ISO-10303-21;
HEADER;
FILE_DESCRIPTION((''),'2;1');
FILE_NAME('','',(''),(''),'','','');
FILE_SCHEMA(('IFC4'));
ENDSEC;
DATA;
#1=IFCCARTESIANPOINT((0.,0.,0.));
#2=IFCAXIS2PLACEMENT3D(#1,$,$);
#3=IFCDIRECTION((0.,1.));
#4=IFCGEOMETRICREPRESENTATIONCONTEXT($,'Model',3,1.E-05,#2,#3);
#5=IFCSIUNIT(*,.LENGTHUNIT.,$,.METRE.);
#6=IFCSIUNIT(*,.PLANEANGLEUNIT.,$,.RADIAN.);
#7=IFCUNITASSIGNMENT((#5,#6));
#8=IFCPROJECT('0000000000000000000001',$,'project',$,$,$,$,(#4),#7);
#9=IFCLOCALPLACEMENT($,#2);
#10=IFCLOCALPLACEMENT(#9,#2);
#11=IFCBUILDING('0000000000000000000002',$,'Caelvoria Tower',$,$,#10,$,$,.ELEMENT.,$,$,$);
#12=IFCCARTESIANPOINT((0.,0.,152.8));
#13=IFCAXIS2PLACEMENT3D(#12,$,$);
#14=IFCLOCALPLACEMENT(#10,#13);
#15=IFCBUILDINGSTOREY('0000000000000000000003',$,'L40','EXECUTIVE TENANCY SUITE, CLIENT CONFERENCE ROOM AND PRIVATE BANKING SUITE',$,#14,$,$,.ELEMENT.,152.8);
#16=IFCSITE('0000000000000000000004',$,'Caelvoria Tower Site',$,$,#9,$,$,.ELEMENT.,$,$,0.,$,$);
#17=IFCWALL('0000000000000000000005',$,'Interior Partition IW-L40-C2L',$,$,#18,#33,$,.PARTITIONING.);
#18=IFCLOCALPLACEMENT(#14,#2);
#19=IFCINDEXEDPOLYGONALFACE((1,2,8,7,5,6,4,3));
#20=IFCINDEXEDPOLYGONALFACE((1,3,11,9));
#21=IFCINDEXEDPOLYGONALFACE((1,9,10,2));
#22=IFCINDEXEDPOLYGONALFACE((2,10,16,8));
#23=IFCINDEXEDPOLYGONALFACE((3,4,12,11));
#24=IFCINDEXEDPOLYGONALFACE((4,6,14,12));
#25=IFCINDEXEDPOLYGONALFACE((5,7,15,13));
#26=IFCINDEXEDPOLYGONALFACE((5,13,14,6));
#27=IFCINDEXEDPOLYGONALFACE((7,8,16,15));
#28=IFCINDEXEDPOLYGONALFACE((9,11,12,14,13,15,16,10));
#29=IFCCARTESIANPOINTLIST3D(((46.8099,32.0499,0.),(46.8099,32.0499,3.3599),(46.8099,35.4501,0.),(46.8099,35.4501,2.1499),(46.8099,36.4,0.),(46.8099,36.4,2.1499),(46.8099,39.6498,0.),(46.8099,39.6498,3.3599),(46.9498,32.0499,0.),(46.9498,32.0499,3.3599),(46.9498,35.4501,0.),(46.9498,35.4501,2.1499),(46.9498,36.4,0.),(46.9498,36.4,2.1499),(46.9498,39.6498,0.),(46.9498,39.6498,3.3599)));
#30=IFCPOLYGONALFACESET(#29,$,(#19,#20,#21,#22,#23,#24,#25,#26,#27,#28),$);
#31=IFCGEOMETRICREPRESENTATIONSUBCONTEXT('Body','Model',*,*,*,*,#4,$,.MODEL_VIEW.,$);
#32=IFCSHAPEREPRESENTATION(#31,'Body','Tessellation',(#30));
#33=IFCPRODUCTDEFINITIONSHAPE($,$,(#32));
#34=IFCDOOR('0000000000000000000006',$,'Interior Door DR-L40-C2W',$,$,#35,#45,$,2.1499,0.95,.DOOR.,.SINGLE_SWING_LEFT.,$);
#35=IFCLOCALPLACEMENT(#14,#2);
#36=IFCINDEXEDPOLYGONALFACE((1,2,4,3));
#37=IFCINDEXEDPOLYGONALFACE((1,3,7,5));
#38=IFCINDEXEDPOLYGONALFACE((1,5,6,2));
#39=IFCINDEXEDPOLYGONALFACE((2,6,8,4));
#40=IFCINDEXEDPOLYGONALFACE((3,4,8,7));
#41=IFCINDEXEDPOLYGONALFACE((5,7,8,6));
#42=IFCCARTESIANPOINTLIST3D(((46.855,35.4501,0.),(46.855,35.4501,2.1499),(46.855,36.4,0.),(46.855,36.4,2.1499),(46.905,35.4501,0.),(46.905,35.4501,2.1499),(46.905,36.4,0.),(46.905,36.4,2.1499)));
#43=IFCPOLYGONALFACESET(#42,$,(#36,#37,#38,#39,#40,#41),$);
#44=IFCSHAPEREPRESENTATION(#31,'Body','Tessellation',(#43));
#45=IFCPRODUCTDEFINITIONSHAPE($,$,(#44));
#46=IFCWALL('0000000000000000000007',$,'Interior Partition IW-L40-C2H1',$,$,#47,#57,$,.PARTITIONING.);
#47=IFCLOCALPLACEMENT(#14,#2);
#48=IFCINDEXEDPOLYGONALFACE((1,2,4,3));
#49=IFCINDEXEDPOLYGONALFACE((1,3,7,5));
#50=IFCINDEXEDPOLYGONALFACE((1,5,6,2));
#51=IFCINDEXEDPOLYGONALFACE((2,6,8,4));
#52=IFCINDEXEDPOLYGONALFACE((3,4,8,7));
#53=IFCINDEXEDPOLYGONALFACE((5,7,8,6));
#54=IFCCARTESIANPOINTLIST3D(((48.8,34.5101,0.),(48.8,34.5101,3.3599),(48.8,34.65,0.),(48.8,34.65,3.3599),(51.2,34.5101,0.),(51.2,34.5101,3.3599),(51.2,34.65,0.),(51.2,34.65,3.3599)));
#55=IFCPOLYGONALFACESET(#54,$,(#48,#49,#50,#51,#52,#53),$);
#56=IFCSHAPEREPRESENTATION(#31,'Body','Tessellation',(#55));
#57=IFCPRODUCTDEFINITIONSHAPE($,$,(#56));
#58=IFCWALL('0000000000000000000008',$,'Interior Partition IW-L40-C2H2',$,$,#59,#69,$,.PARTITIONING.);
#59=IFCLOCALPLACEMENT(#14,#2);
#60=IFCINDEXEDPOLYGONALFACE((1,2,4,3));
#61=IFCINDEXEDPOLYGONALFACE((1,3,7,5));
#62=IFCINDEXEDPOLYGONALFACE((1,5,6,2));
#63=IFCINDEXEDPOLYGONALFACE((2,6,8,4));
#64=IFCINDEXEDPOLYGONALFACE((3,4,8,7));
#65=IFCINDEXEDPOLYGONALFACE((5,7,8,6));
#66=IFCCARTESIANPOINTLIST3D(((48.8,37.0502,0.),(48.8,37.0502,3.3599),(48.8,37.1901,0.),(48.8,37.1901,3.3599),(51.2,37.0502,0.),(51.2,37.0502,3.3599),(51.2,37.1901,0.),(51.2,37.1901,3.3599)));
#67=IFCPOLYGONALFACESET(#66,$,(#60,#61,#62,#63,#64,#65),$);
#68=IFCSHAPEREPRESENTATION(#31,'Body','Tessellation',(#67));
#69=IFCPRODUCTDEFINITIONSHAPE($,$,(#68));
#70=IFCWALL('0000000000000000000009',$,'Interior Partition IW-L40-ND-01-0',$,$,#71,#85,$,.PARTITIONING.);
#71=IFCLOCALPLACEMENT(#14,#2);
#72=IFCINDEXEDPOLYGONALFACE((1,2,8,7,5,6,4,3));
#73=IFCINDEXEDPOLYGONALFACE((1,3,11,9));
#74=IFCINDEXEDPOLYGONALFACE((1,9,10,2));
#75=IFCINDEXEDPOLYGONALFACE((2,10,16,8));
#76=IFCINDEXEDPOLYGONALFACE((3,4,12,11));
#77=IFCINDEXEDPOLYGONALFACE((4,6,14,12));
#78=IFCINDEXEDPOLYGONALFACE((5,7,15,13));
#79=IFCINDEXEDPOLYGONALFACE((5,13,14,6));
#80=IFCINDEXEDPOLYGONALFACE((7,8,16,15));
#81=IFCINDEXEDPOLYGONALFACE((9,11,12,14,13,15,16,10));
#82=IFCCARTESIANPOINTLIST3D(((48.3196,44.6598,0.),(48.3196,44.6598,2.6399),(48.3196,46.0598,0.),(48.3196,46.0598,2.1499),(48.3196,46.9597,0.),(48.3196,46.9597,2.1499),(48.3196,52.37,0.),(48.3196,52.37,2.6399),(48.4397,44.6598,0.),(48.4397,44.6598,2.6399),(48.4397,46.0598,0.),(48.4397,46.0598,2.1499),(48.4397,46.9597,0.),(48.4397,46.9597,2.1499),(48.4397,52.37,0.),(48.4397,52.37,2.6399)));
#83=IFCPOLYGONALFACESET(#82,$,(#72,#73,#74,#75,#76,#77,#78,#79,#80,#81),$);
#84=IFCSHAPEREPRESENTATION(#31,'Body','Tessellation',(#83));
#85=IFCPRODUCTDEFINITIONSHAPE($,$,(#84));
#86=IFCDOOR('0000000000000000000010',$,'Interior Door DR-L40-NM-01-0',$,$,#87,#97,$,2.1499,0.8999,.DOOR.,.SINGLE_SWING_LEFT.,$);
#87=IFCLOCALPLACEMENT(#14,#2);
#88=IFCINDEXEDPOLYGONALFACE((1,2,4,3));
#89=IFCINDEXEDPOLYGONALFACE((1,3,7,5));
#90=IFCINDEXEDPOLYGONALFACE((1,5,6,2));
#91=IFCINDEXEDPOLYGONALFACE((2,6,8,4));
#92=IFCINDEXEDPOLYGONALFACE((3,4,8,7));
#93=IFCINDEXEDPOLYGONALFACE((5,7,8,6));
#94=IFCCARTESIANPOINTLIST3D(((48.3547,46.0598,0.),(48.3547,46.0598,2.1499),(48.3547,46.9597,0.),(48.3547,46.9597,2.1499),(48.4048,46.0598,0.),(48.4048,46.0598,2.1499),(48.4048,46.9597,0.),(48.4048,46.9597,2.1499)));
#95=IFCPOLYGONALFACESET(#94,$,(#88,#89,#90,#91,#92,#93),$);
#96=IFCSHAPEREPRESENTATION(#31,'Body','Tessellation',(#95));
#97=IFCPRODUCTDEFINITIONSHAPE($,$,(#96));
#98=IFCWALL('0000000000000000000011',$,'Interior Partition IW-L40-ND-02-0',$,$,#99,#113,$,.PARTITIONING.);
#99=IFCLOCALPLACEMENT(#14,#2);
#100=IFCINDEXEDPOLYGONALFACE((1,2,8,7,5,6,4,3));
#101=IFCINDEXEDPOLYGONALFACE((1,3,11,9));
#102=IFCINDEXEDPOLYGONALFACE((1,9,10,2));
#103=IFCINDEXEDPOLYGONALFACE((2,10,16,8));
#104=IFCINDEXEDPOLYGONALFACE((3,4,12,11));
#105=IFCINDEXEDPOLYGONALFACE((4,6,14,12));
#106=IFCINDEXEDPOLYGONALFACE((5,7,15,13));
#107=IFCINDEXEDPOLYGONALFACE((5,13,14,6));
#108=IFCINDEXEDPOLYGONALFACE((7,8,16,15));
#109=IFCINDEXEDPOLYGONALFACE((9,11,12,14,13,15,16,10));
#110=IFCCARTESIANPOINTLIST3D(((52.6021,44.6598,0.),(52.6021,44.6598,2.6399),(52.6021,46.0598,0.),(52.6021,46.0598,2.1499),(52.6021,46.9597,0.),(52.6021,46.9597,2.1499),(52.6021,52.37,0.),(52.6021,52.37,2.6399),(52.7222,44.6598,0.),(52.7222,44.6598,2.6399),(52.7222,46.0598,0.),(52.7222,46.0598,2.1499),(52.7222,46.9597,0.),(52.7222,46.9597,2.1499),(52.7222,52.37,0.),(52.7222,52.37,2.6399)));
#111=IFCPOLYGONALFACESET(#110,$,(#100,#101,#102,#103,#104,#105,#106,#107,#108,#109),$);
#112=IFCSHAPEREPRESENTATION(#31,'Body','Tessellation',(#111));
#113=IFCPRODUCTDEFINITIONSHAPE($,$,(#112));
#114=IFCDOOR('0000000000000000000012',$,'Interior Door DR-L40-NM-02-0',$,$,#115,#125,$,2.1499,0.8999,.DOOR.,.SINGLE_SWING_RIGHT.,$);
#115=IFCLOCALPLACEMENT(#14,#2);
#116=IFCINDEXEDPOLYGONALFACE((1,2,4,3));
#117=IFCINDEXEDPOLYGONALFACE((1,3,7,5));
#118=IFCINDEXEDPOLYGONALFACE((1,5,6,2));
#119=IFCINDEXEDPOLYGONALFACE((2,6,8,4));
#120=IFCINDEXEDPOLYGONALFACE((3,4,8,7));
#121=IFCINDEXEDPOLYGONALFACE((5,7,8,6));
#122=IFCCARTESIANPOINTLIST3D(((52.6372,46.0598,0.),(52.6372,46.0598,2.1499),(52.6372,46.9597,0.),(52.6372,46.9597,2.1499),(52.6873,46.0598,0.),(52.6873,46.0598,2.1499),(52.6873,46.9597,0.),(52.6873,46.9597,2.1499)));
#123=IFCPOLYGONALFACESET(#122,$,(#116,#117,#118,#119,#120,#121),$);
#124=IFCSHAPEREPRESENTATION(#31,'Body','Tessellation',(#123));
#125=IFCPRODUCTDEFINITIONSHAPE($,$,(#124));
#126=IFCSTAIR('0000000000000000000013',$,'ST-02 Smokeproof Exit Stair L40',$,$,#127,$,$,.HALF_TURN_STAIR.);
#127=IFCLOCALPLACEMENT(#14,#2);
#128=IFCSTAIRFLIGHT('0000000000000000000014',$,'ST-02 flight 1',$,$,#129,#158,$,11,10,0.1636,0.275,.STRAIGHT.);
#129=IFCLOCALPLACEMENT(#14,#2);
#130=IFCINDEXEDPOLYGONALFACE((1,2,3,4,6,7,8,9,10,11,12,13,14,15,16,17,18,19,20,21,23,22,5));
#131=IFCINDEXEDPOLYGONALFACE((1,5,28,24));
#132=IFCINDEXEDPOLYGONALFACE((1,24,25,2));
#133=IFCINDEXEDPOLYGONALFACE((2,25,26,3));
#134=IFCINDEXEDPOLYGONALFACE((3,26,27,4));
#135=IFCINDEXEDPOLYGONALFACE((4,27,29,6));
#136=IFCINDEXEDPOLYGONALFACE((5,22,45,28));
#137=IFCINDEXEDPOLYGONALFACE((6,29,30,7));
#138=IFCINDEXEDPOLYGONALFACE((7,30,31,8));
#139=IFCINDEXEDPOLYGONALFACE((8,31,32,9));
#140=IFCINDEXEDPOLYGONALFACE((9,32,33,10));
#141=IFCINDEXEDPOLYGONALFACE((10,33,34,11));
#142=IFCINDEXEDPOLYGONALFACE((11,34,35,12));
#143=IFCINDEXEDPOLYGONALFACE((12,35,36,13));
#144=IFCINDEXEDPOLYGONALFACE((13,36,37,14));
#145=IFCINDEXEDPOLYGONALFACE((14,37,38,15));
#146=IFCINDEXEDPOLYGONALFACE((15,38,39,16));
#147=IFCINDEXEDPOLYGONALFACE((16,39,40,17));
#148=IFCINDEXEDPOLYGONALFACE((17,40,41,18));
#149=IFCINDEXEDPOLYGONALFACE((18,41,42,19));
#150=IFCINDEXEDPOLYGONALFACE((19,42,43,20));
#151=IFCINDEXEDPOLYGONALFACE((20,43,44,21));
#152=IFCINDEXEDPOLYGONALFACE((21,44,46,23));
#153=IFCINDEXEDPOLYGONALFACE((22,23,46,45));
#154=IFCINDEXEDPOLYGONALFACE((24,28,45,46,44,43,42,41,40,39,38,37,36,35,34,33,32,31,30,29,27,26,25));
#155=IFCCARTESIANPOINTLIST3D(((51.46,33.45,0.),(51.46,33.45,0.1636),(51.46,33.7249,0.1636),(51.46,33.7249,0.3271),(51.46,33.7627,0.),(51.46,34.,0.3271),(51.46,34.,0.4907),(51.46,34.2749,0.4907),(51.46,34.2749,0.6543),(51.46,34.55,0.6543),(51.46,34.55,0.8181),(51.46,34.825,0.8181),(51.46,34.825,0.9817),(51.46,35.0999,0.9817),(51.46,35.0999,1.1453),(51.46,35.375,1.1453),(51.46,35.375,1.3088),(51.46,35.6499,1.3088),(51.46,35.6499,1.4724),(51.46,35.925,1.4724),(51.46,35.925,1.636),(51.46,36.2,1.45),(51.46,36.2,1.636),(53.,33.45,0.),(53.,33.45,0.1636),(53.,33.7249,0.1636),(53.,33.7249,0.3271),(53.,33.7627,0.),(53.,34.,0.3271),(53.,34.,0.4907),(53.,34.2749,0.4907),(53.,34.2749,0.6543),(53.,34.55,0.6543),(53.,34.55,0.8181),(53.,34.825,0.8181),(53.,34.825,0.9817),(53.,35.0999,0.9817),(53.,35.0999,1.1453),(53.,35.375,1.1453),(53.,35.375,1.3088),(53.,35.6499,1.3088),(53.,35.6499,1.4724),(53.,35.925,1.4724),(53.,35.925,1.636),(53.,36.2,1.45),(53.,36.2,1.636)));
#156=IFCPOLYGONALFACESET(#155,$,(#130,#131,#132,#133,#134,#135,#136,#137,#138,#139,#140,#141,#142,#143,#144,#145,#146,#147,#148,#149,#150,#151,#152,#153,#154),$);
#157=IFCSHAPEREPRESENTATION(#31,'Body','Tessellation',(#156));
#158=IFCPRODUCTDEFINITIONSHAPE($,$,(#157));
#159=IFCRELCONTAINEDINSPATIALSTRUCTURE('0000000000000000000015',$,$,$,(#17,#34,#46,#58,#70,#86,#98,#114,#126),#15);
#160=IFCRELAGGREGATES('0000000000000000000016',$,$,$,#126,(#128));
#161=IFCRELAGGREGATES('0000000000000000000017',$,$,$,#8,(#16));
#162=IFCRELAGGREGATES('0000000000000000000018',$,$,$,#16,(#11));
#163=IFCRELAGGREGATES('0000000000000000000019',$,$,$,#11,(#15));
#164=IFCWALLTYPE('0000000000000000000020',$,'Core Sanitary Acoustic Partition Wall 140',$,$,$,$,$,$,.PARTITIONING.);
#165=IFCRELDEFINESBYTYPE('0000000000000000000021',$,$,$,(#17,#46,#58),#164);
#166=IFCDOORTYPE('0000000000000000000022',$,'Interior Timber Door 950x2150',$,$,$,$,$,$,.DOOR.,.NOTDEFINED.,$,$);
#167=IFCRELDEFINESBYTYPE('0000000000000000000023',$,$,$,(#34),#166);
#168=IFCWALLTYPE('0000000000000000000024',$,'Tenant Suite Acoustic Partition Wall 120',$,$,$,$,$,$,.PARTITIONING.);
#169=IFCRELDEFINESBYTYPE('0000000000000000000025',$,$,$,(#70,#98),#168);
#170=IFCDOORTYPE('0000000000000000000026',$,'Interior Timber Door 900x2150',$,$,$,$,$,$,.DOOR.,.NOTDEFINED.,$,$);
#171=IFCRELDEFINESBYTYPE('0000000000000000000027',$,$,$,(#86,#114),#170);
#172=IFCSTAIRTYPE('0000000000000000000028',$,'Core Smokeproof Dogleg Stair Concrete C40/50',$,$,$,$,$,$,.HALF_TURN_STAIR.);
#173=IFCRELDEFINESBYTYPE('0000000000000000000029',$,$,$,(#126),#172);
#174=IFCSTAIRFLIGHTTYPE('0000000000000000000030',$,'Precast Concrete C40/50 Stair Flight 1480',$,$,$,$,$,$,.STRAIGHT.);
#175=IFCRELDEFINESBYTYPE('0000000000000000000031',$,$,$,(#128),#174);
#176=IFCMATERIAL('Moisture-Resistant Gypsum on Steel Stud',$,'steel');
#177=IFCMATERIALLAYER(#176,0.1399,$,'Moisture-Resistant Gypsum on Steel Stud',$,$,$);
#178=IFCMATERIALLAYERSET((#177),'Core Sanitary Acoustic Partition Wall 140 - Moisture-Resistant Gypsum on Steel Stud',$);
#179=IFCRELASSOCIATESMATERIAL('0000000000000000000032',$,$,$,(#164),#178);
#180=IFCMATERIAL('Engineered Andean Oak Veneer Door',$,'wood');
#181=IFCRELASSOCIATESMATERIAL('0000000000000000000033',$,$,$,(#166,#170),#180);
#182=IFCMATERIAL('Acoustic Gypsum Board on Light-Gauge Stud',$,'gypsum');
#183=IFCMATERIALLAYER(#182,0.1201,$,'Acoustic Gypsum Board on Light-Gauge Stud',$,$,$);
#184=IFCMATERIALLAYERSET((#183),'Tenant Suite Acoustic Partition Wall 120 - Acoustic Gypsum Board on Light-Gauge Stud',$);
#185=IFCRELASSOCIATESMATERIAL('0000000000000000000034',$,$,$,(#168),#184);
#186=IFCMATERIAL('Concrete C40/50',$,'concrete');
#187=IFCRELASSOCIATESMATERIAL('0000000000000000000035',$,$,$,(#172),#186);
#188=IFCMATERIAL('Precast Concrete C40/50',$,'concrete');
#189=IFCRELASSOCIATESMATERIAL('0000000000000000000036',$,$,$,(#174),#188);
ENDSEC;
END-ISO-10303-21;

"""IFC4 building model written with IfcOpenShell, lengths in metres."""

from ifc_helpers import new_model, si_unit, direction, frame, frame_2d, origin, place, context, subcontext, project, spatial, polyline, rectangle, outline, extrude, material, layer, layer_set, type_object, element, fill, aggregate, save


model = new_model("IFC4")

# Units and contexts
model_context = context("Model", 3, precision=1e-05, world=origin(), true_north=direction((0.0, 1.0)))
body_context = subcontext(model_context, "Body", "Model", "MODEL_VIEW")
ifc_project = project(units=[si_unit("LENGTHUNIT", "METRE"), si_unit("PLANEANGLEUNIT", "RADIAN")], contexts=[model_context])

# Site, building, storey
site_placement = place(None, origin())
site = spatial("IfcSite", under=ifc_project, at=site_placement, Name="Caelvoria Tower Site", CompositionType="ELEMENT", RefElevation=0.0)
building_placement = place(site_placement, origin())
building = spatial("IfcBuilding", under=site, at=building_placement, Name="Caelvoria Tower", CompositionType="ELEMENT")
storey_placement = place(building_placement, frame((0.0, 0.0, 152.8)))
storey = spatial("IfcBuildingStorey", under=building, at=storey_placement, Name="L40", Description="EXECUTIVE TENANCY SUITE, CLIENT CONFERENCE ROOM AND PRIVATE BANKING SUITE", CompositionType="ELEMENT", Elevation=152.8)

# Wall, opening, door
ifc_material_1 = material(Name="Moisture-Resistant Gypsum on Steel Stud", Category="steel")
ifc_layer_1 = layer(ifc_material_1, 0.1399, Name="Moisture-Resistant Gypsum on Steel Stud")
ifc_layer_set_1 = layer_set([ifc_layer_1], Name="Core Sanitary Acoustic Partition Wall 140 - Moisture-Resistant Gypsum on Steel Stud")
wall_type_1 = type_object("IfcWallType", Name="Core Sanitary Acoustic Partition Wall 140", PredefinedType="PARTITIONING", material=ifc_layer_set_1)
wall_1_placement = place(storey_placement, frame((46.8799, 32.05, 0.0), z_axis=(0.0, 0.0, 1.0), x_axis=(0.0, 1.0, 0.0)))
wall_1 = element("IfcWall", 1, at=wall_1_placement, inside=storey, type_object=wall_type_1, Name="Interior Partition IW-L40-C2L", PredefinedType="PARTITIONING", context=body_context, shape_type="SweptSolid", body=[
    extrude(rectangle(XDim=7.5999, YDim=0.1399, at=frame_2d((3.7998, 0.0))), origin(), (0.0, 0.0, 1.0), 3.3599),
])
opening_1_placement = place(wall_1_placement, frame((3.3999, 0.0, 0.0)))
opening_1 = element("IfcOpeningElement", 2, at=opening_1_placement, cuts=wall_1, PredefinedType="OPENING", context=body_context, shape_type="SweptSolid", body=[
    extrude(rectangle(XDim=0.95, YDim=2.1499, at=frame_2d((0.4751, 1.075))), frame((0.0, 0.0798, 0.0), z_axis=(0.0, -1.0, 0.0), x_axis=(1.0, 0.0, 0.0)), (0.0, 0.0, 1.0), 0.1599),
])
ifc_material_2 = material(Name="Engineered Andean Oak Veneer Door", Category="wood")
door_type_1 = type_object("IfcDoorType", Name="Interior Timber Door 950x2150", OperationType="NOTDEFINED", PredefinedType="DOOR", material=ifc_material_2)
door_1_placement = place(opening_1_placement, origin())
door_1 = element("IfcDoor", 3, at=door_1_placement, inside=storey, type_object=door_type_1, Name="Interior Door DR-L40-C2W", OperationType="SINGLE_SWING_LEFT", OverallHeight=2.1499, OverallWidth=0.95, PredefinedType="DOOR", context=body_context, shape_type="SweptSolid", body=[
    extrude(rectangle(XDim=0.95, YDim=2.1499, at=frame_2d((0.4751, 1.075))), frame((0.0, 0.0249, 0.0), z_axis=(0.0, -1.0, 0.0), x_axis=(1.0, 0.0, 0.0)), (0.0, 0.0, 1.0), 0.05),
])
fill(opening_1, door_1)

# Shared definitions
door_type_2 = type_object("IfcDoorType", Name="Interior Timber Door 900x2150", OperationType="NOTDEFINED", PredefinedType="DOOR", material=ifc_material_2)

# Walls
for number, where, z_axis, x_axis, name in (
    (4, (48.8, 34.5801, 0.0), (0.0, 0.0, 1.0), (1.0, 0.0, 0.0), "Interior Partition IW-L40-C2H1"),
    (5, (48.8, 37.1201, 0.0), (0.0, 0.0, 1.0), (1.0, 0.0, 0.0), "Interior Partition IW-L40-C2H2"),
):
    element("IfcWall", number, at=place(storey_placement, frame(where, z_axis=z_axis, x_axis=x_axis)), inside=storey, type_object=wall_type_1, Name=name, PredefinedType="PARTITIONING", context=body_context, shape_type="SweptSolid", body=[
        extrude(rectangle(XDim=2.3999, YDim=0.1399, at=frame_2d((1.2, 0.0))), origin(), (0.0, 0.0, 1.0), 3.3599),
    ])

# Walls, openings, doors
ifc_material_3 = material(Name="Acoustic Gypsum Board on Light-Gauge Stud", Category="gypsum")
ifc_layer_2 = layer(ifc_material_3, 0.1201, Name="Acoustic Gypsum Board on Light-Gauge Stud")
ifc_layer_set_2 = layer_set([ifc_layer_2], Name="Tenant Suite Acoustic Partition Wall 120 - Acoustic Gypsum Board on Light-Gauge Stud")
wall_type_2 = type_object("IfcWallType", Name="Tenant Suite Acoustic Partition Wall 120", PredefinedType="PARTITIONING", material=ifc_layer_set_2)
wall_2_placement = place(storey_placement, frame((48.3796, 44.6599, 0.0), z_axis=(0.0, 0.0, 1.0), x_axis=(0.0, 1.0, 0.0)))
wall_2 = element("IfcWall", 6, at=wall_2_placement, inside=storey, type_object=wall_type_2, Name="Interior Partition IW-L40-ND-01-0", PredefinedType="PARTITIONING", context=body_context, shape_type="SweptSolid", body=[
    extrude(rectangle(XDim=7.7102, YDim=0.1201, at=frame_2d((3.855, 0.0))), origin(), (0.0, 0.0, 1.0), 2.6399),
])
opening_2_placement = place(wall_2_placement, frame((1.3999, 0.0, 0.0)))
opening_2 = element("IfcOpeningElement", 7, at=opening_2_placement, cuts=wall_2, PredefinedType="OPENING", context=body_context, shape_type="SweptSolid", body=[
    extrude(rectangle(XDim=0.8999, YDim=2.1499, at=frame_2d((0.45, 1.075))), frame((0.0, 0.0701, 0.0), z_axis=(0.0, -1.0, 0.0), x_axis=(1.0, 0.0, 0.0)), (0.0, 0.0, 1.0), 0.1401),
])
door_2_placement = place(opening_2_placement, origin())
door_2 = element("IfcDoor", 8, at=door_2_placement, inside=storey, type_object=door_type_2, Name="Interior Door DR-L40-NM-01-0", OperationType="SINGLE_SWING_LEFT", OverallHeight=2.1499, OverallWidth=0.8999, PredefinedType="DOOR", context=body_context, shape_type="SweptSolid", body=[
    extrude(rectangle(XDim=0.8999, YDim=2.1499, at=frame_2d((0.45, 1.075))), frame((0.0, 0.0249, 0.0), z_axis=(0.0, -1.0, 0.0), x_axis=(1.0, 0.0, 0.0)), (0.0, 0.0, 1.0), 0.05),
])
fill(opening_2, door_2)
wall_3_placement = place(storey_placement, frame((52.6621, 44.6599, 0.0), z_axis=(0.0, 0.0, 1.0), x_axis=(0.0, 1.0, 0.0)))
wall_3 = element("IfcWall", 9, at=wall_3_placement, inside=storey, type_object=wall_type_2, Name="Interior Partition IW-L40-ND-02-0", PredefinedType="PARTITIONING", context=body_context, shape_type="SweptSolid", body=[
    extrude(rectangle(XDim=7.7102, YDim=0.1201, at=frame_2d((3.855, 0.0))), origin(), (0.0, 0.0, 1.0), 2.6399),
])
opening_3_placement = place(wall_3_placement, frame((1.3999, 0.0, 0.0)))
opening_3 = element("IfcOpeningElement", 10, at=opening_3_placement, cuts=wall_3, PredefinedType="OPENING", context=body_context, shape_type="SweptSolid", body=[
    extrude(rectangle(XDim=0.8999, YDim=2.1499, at=frame_2d((0.45, 1.075))), frame((0.0, 0.0701, 0.0), z_axis=(0.0, -1.0, 0.0), x_axis=(1.0, 0.0, 0.0)), (0.0, 0.0, 1.0), 0.1401),
])
door_3_placement = place(opening_3_placement, origin())
door_3 = element("IfcDoor", 11, at=door_3_placement, inside=storey, type_object=door_type_2, Name="Interior Door DR-L40-NM-02-0", OperationType="SINGLE_SWING_RIGHT", OverallHeight=2.1499, OverallWidth=0.8999, PredefinedType="DOOR", context=body_context, shape_type="SweptSolid", body=[
    extrude(rectangle(XDim=0.8999, YDim=2.1499, at=frame_2d((0.45, 1.075))), frame((0.0, 0.0249, 0.0), z_axis=(0.0, -1.0, 0.0), x_axis=(1.0, 0.0, 0.0)), (0.0, 0.0, 1.0), 0.05),
])
fill(opening_3, door_3)

# Stair, stair flight
ifc_material_4 = material(Name="Concrete C40/50", Category="concrete")
stair_type = type_object("IfcStairType", Name="Core Smokeproof Dogleg Stair Concrete C40/50", PredefinedType="HALF_TURN_STAIR", material=ifc_material_4)
stair_placement = place(storey_placement, origin())
stair = element("IfcStair", 12, at=stair_placement, inside=storey, type_object=stair_type, Name="ST-02 Smokeproof Exit Stair L40", PredefinedType="HALF_TURN_STAIR")
ifc_material_5 = material(Name="Precast Concrete C40/50", Category="concrete")
stair_flight_type = type_object("IfcStairFlightType", Name="Precast Concrete C40/50 Stair Flight 1480", PredefinedType="STRAIGHT", material=ifc_material_5)
stair_flight_1_placement = place(storey_placement, frame((52.23, 33.45, 0.0), z_axis=(0.0, 0.0, 1.0), x_axis=(0.0, 1.0, 0.0)))
stair_flight_1 = element("IfcStairFlight", 13, at=stair_flight_1_placement, type_object=stair_flight_type, Name="ST-02 flight 1", NumberOfRisers=11, NumberOfTreads=10, PredefinedType="STRAIGHT", RiserHeight=0.1636, TreadLength=0.275, context=body_context, shape_type="SweptSolid", body=[
    extrude(outline(polyline([(0.0, 0.0), (0.0, 0.1636), (0.2749, 0.1636), (0.2749, 0.3271), (0.55, 0.3271), (0.55, 0.4907), (0.825, 0.4907), (0.825, 0.6543), (1.1001, 0.6543), (1.1001, 0.8181), (1.375, 0.8181), (1.375, 0.9817), (1.6499, 0.9817), (1.6499, 1.1453), (1.925, 1.1453), (1.925, 1.3088), (2.2, 1.3088), (2.2, 1.4724), (2.4751, 1.4724), (2.4751, 1.636), (2.75, 1.636), (2.75, 1.7996), (2.75, 1.45), (0.3127, 0.0), (0.0, 0.0)])), frame((0.0, 0.77, 0.0), z_axis=(0.0, -1.0, 0.0), x_axis=(1.0, 0.0, 0.0)), (0.0, 0.0, 1.0), 1.54),
])
aggregate(stair, [stair_flight_1])

save(model, "model.ifc")
